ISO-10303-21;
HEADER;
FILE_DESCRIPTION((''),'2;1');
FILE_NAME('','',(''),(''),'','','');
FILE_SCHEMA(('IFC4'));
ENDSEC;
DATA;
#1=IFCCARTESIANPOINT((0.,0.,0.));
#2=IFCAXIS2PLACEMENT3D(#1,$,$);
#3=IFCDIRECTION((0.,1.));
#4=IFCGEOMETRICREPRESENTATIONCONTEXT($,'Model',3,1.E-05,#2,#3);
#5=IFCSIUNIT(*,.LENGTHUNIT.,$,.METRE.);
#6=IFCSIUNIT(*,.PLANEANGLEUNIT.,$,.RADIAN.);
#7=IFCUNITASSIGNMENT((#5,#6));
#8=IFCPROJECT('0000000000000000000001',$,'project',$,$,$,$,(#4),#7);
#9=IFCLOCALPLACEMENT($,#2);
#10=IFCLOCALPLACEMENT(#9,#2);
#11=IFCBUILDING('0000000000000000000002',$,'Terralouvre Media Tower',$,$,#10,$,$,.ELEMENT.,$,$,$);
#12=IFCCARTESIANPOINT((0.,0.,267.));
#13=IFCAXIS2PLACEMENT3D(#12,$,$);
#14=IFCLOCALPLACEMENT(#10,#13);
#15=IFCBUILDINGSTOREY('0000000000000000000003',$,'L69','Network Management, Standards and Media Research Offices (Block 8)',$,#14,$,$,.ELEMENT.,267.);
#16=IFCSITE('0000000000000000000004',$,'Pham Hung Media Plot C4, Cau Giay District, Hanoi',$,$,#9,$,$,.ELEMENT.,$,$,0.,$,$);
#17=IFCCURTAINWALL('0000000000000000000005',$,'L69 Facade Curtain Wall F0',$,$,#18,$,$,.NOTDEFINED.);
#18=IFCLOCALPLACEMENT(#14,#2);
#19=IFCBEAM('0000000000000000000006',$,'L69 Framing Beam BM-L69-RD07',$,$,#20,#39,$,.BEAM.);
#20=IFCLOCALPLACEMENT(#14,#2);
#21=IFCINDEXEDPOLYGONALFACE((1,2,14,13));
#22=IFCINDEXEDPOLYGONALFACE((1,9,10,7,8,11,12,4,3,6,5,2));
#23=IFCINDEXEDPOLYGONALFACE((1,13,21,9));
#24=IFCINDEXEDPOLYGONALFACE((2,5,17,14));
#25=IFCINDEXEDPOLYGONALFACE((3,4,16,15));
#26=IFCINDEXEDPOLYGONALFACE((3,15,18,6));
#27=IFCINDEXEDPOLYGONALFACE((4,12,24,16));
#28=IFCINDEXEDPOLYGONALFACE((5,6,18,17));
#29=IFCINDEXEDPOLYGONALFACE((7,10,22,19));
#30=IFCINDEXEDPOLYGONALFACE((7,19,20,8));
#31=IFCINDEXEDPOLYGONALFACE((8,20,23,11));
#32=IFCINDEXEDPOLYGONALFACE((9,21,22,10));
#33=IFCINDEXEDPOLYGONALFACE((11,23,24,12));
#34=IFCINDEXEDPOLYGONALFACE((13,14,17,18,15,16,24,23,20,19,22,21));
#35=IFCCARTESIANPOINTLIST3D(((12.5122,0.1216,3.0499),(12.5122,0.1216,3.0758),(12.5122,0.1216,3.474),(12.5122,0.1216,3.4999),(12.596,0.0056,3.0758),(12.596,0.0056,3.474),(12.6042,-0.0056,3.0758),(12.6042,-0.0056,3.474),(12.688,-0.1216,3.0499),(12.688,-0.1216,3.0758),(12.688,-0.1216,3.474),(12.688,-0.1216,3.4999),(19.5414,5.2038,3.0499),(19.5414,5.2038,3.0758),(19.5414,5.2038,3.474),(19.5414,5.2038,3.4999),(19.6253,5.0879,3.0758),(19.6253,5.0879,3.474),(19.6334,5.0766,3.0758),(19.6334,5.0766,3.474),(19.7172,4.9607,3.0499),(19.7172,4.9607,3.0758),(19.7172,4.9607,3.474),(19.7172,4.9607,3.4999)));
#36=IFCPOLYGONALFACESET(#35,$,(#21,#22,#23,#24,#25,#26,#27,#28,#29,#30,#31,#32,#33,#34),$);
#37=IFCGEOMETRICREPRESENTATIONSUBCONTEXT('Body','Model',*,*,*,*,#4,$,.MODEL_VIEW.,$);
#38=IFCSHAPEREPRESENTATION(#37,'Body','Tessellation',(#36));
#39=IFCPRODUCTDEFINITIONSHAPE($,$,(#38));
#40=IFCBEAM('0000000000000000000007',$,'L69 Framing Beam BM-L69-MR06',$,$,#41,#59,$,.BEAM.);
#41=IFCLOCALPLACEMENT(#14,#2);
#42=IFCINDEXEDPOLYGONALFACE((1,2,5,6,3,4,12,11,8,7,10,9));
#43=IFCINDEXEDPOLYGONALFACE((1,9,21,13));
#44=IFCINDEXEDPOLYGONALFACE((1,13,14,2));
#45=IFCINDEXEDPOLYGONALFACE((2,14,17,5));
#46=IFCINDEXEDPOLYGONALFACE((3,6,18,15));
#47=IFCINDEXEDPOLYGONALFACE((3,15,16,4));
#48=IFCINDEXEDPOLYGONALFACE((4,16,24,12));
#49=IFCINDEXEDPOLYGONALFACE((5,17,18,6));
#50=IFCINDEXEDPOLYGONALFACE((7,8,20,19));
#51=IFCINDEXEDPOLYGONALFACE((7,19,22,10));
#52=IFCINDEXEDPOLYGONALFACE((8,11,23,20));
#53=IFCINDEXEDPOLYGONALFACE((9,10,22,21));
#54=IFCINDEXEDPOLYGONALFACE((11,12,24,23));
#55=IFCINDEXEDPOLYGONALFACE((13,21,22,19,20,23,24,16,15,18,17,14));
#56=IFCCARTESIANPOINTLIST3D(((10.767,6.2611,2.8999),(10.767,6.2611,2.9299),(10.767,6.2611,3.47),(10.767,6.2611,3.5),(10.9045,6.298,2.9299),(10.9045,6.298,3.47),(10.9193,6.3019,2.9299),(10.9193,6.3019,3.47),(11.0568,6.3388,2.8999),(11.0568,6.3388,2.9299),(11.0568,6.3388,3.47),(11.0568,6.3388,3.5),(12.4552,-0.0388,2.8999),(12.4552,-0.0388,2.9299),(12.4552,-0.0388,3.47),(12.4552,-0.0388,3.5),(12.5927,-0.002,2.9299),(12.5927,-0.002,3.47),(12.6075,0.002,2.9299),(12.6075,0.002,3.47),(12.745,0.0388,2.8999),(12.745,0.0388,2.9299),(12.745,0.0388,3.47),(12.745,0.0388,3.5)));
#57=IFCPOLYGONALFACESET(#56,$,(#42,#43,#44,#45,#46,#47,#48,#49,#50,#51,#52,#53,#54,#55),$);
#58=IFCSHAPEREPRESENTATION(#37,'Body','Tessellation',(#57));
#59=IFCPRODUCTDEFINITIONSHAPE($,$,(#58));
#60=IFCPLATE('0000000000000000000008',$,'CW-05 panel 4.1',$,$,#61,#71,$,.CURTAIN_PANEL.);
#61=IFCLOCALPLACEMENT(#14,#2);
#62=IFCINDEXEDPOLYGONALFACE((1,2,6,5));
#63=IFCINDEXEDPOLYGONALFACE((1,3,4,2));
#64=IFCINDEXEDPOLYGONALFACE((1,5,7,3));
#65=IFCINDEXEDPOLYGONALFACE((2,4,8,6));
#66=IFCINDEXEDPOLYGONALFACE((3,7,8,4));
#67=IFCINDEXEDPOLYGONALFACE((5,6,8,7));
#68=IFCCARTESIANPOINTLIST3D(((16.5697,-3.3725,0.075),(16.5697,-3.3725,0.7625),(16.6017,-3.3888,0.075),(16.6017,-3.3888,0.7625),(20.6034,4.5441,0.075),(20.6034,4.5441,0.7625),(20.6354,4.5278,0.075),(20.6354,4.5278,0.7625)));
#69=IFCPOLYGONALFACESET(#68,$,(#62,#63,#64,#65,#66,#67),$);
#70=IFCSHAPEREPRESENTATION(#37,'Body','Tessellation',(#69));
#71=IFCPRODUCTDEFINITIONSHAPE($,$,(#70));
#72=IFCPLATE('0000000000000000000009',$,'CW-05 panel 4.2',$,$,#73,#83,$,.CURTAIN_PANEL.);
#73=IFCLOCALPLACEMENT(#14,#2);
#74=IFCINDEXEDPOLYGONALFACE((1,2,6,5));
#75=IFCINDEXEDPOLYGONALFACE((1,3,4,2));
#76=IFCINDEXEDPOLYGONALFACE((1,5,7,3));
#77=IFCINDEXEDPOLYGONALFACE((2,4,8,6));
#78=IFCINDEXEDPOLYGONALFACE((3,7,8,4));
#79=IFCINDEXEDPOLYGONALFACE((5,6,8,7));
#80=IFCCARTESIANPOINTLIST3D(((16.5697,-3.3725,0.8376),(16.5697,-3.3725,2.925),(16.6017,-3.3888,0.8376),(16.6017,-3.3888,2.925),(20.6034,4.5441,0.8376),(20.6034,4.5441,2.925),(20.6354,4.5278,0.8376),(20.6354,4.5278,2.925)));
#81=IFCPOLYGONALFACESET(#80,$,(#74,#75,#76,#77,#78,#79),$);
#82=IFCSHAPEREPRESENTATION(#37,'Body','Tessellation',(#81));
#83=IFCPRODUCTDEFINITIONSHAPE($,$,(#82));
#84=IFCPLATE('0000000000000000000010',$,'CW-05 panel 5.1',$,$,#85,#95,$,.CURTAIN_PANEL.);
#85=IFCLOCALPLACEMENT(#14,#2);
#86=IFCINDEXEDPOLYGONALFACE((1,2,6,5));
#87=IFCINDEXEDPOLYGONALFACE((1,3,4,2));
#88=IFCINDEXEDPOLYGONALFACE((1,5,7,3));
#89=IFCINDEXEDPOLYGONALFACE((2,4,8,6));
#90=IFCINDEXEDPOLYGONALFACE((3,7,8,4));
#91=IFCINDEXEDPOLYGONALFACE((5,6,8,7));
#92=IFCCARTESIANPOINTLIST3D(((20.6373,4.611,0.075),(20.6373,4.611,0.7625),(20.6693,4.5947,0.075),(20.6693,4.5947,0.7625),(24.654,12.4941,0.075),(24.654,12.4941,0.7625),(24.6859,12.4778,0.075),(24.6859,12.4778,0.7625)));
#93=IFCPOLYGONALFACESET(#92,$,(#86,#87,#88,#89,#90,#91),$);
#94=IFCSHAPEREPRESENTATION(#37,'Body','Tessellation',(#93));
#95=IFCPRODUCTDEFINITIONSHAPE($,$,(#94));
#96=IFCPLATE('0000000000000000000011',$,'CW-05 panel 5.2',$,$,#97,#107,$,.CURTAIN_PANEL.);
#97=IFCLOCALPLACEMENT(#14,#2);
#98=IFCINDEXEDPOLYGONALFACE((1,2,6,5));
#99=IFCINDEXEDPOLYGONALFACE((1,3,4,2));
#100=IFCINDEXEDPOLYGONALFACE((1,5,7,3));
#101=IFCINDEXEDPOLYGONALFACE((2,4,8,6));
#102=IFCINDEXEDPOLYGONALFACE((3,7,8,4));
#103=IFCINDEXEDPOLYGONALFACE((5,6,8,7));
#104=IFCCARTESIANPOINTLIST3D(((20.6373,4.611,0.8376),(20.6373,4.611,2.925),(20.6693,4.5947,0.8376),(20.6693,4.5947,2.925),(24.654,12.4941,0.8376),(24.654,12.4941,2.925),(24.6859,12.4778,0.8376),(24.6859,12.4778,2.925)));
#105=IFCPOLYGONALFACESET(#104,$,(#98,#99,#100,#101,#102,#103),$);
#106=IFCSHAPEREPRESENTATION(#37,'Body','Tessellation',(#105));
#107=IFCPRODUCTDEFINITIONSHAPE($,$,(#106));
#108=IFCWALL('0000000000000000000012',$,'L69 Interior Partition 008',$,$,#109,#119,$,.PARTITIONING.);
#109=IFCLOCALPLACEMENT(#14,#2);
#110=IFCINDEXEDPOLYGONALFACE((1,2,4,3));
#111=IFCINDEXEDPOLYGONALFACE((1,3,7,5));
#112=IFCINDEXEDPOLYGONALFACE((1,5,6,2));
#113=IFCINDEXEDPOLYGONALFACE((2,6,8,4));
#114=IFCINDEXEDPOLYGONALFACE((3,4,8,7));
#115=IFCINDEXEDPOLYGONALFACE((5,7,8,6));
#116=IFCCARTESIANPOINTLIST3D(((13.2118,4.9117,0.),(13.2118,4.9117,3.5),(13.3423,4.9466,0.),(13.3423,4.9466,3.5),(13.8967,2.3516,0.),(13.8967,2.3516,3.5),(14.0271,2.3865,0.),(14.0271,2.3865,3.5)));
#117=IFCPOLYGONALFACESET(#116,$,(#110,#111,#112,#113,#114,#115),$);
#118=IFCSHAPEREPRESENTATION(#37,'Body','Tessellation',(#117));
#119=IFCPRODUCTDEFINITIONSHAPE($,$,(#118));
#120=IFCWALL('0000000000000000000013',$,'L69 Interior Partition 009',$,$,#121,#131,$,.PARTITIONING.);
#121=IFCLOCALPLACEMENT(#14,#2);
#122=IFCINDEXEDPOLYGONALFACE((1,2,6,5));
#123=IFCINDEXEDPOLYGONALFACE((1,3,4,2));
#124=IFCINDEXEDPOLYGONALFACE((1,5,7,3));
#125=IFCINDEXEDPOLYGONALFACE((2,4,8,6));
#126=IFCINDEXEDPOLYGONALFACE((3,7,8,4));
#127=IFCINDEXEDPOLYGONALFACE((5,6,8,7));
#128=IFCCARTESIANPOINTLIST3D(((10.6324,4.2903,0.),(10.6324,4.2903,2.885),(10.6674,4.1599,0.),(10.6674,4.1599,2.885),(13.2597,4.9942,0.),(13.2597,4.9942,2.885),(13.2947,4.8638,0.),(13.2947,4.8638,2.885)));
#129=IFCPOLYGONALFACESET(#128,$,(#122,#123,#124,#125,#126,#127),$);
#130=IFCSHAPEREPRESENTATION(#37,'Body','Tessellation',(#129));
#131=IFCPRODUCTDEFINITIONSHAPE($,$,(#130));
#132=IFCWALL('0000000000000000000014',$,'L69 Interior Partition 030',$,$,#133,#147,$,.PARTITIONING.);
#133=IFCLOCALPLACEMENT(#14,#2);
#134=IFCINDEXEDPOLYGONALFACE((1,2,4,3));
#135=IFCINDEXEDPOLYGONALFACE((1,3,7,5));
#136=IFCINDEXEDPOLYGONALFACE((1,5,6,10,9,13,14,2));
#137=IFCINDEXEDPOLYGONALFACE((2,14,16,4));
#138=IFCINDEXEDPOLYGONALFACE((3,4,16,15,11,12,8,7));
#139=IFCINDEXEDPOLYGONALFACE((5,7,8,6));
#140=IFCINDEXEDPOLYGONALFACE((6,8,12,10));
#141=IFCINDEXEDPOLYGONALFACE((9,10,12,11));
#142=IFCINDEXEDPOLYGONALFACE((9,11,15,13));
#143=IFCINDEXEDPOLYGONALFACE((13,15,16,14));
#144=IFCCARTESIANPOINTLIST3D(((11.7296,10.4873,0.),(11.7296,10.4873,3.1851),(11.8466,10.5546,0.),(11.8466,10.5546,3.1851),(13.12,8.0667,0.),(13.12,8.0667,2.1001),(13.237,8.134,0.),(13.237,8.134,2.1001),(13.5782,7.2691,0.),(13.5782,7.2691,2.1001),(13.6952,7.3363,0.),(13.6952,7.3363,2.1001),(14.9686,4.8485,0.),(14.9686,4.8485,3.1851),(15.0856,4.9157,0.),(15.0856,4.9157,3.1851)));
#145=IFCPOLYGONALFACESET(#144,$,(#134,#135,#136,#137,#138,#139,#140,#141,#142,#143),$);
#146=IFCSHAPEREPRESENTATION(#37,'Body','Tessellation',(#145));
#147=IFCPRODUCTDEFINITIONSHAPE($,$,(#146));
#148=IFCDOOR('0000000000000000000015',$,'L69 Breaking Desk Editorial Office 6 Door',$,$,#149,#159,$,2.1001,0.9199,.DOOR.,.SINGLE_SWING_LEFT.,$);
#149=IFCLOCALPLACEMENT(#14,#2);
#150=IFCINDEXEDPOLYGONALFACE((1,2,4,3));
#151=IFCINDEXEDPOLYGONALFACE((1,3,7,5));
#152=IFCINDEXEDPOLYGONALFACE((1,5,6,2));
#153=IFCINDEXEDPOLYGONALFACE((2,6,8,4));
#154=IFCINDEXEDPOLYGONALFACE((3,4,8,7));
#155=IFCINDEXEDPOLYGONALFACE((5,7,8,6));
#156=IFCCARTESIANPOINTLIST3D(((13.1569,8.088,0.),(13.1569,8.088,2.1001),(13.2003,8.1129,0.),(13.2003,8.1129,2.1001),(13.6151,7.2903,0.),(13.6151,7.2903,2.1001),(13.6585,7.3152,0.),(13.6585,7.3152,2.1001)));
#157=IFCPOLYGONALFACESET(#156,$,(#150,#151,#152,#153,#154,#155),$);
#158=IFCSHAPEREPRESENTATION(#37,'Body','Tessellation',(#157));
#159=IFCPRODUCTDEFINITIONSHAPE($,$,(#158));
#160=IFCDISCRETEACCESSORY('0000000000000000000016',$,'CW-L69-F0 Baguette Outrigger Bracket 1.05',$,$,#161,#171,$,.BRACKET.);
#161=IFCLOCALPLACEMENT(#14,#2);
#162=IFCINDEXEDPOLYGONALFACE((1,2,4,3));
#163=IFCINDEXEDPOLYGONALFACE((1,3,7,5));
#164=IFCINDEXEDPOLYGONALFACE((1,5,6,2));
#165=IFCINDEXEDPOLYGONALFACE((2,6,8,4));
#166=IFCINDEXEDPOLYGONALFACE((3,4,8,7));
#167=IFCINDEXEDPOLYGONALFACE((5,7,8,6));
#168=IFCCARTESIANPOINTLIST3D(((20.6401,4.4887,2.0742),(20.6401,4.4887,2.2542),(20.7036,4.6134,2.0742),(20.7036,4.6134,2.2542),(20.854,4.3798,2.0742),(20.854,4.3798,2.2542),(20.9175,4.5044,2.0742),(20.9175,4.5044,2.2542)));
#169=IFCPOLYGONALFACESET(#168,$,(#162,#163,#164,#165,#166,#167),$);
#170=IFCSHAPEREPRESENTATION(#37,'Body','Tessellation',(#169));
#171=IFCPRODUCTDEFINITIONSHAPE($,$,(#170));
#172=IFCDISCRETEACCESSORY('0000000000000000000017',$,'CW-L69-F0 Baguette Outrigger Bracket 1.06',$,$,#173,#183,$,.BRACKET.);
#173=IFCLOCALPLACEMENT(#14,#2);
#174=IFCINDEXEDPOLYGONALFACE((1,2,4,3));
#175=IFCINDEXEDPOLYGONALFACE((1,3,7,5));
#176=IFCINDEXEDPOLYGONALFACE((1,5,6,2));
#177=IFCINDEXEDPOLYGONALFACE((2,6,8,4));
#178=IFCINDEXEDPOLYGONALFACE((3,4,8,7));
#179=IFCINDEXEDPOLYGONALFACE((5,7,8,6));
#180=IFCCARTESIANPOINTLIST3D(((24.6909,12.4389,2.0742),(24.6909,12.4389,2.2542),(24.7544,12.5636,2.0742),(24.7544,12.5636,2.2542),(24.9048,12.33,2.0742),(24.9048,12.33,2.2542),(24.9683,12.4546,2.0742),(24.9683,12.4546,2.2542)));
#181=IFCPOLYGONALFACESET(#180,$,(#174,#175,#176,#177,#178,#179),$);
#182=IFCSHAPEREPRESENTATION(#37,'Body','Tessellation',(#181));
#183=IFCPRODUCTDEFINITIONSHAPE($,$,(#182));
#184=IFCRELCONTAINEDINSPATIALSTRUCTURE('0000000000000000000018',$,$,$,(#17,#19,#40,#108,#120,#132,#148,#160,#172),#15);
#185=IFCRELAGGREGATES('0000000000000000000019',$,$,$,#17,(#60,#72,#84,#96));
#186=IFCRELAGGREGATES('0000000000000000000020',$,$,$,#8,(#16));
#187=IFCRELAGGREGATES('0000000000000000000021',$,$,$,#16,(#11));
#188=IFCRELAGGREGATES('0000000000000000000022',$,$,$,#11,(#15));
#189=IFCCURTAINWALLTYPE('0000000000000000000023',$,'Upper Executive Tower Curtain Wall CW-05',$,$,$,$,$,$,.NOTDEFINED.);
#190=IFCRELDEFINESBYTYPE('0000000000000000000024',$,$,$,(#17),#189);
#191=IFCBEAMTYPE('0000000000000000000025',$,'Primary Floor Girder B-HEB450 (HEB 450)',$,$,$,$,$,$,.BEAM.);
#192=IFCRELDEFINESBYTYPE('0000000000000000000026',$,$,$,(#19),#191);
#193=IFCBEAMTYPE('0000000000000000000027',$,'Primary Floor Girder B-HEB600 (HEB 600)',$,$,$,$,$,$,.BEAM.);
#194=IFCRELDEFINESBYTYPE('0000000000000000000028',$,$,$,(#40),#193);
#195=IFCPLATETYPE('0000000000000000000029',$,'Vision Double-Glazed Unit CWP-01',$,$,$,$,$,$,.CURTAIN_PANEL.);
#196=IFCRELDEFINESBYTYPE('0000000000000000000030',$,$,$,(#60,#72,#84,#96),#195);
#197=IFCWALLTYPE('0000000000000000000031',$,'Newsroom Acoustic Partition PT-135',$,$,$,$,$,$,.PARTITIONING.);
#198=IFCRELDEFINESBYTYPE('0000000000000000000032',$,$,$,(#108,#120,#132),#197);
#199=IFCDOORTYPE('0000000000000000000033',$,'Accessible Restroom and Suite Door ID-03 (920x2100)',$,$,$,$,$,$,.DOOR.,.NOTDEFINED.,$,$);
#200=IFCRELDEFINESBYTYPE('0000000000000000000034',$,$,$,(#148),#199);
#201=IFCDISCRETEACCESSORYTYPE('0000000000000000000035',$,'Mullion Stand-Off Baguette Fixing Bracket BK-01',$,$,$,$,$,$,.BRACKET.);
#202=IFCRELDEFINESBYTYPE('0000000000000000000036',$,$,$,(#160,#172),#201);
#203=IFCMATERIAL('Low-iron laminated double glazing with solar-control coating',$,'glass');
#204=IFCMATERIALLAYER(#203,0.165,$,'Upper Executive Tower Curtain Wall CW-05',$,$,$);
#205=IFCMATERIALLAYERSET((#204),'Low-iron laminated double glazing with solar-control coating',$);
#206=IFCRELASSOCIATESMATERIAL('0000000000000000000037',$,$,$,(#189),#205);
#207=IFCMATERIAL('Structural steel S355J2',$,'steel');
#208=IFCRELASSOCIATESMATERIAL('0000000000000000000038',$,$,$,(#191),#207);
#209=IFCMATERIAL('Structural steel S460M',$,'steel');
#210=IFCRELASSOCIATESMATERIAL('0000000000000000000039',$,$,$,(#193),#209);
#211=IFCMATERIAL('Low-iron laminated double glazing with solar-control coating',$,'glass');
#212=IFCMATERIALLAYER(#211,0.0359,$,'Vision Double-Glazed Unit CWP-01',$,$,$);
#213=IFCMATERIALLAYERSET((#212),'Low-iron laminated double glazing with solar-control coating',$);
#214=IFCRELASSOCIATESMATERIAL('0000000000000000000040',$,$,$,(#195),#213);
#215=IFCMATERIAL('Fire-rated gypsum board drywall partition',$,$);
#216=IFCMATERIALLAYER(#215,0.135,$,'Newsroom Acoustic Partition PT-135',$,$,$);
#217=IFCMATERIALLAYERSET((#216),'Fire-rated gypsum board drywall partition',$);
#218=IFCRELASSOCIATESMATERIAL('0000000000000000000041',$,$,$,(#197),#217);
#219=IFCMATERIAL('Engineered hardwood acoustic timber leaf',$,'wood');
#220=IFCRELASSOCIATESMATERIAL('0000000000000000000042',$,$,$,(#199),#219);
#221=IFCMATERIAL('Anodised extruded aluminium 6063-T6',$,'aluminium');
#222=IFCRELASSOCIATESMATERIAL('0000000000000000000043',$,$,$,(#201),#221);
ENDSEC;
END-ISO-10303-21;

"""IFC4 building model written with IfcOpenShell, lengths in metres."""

from ifc_helpers import new_model, si_unit, direction, frame, frame_2d, origin, origin_2d, place, context, subcontext, project, spatial, rectangle, i_section, extrude, material, layer, layer_set, material_profile, profile_set, type_object, element, fill, aggregate, save


model = new_model("IFC4")

# Units and contexts
model_context = context("Model", 3, precision=1e-05, world=origin(), true_north=direction((0.0, 1.0)))
body_context = subcontext(model_context, "Body", "Model", "MODEL_VIEW")
ifc_project = project(units=[si_unit("LENGTHUNIT", "METRE"), si_unit("PLANEANGLEUNIT", "RADIAN")], contexts=[model_context])

# Site, building, storey
site_placement = place(None, origin())
site = spatial("IfcSite", under=ifc_project, at=site_placement, Name="Pham Hung Media Plot C4, Cau Giay District, Hanoi", CompositionType="ELEMENT", RefElevation=0.0)
building_placement = place(site_placement, origin())
building = spatial("IfcBuilding", under=site, at=building_placement, Name="Terralouvre Media Tower", CompositionType="ELEMENT")
storey_placement = place(building_placement, frame((0.0, 0.0, 267.0)))
storey = spatial("IfcBuildingStorey", under=building, at=storey_placement, Name="L69", Description="Network Management, Standards and Media Research Offices (Block 8)", CompositionType="ELEMENT", Elevation=267.0)

# Curtain wall
ifc_material_1 = material(Name="Low-iron laminated double glazing with solar-control coating", Category="glass")
ifc_layer_1 = layer(ifc_material_1, 0.165, Name="Upper Executive Tower Curtain Wall CW-05")
ifc_layer_set_1 = layer_set([ifc_layer_1], Name="Low-iron laminated double glazing with solar-control coating")
curtain_wall_type_1 = type_object("IfcCurtainWallType", Name="Upper Executive Tower Curtain Wall CW-05", PredefinedType="NOTDEFINED", material=ifc_layer_set_1)
curtain_wall_1_placement = place(storey_placement, origin())
curtain_wall_1 = element("IfcCurtainWall", 1, at=curtain_wall_1_placement, inside=storey, type_object=curtain_wall_type_1, Name="L69 Facade Curtain Wall F0", PredefinedType="NOTDEFINED")

# Beams
ifc_material_2 = material(Name="Structural steel S355J2", Category="steel")
ifc_material_profile_1 = material_profile(ifc_material_2, i_section(OverallWidth=0.3, OverallDepth=0.45, WebThickness=0.0139, FlangeThickness=0.0259, at=origin_2d()), Name="HEB 450")
ifc_profile_set_1 = profile_set([ifc_material_profile_1], Name="Structural steel S355J2")
beam_type_1 = type_object("IfcBeamType", Name="Primary Floor Girder B-HEB450 (HEB 450)", PredefinedType="BEAM", material=ifc_profile_set_1)
beam_1_placement = place(storey_placement, frame((12.6001, 0.0, 3.2749), z_axis=(0.810375, 0.585912, 0.0), x_axis=(-0.585912, 0.810375, 0.0)))
element("IfcBeam", 2, at=beam_1_placement, inside=storey, type_object=beam_type_1, Name="L69 Framing Beam BM-L69-RD07", PredefinedType="BEAM", context=body_context, shape_type="SweptSolid", body=[
    extrude(i_section(OverallWidth=0.3, OverallDepth=0.45, WebThickness=0.0139, FlangeThickness=0.0259, at=origin_2d()), origin(), (0.0, 0.0, 1.0), 8.6741),
])
ifc_material_3 = material(Name="Structural steel S460M", Category="steel")
ifc_material_profile_2 = material_profile(ifc_material_3, i_section(OverallWidth=0.3, OverallDepth=0.6001, WebThickness=0.0154, FlangeThickness=0.03, at=origin_2d()), Name="HEB 600")
ifc_profile_set_2 = profile_set([ifc_material_profile_2], Name="Structural steel S460M")
beam_type_2 = type_object("IfcBeamType", Name="Primary Floor Girder B-HEB600 (HEB 600)", PredefinedType="BEAM", material=ifc_profile_set_2)
beam_2_placement = place(storey_placement, frame((12.6001, 0.0, 3.2), z_axis=(-0.258839, 0.96592, 0.0), x_axis=(-0.96592, -0.258839, 0.0)))
element("IfcBeam", 3, at=beam_2_placement, inside=storey, type_object=beam_type_2, Name="L69 Framing Beam BM-L69-MR06", PredefinedType="BEAM", context=body_context, shape_type="SweptSolid", body=[
    extrude(i_section(OverallWidth=0.3, OverallDepth=0.6001, WebThickness=0.0154, FlangeThickness=0.03, at=origin_2d()), origin(), (0.0, 0.0, 1.0), 6.5222),
])

# Plates
ifc_material_4 = material(Name="Low-iron laminated double glazing with solar-control coating", Category="glass")
ifc_layer_2 = layer(ifc_material_4, 0.0359, Name="Vision Double-Glazed Unit CWP-01")
ifc_layer_set_2 = layer_set([ifc_layer_2], Name="Low-iron laminated double glazing with solar-control coating")
plate_type = type_object("IfcPlateType", Name="Vision Double-Glazed Unit CWP-01", PredefinedType="CURTAIN_PANEL", material=ifc_layer_set_2)
plate_1_placement = place(storey_placement, frame((18.6025, 0.5776, 0.075), z_axis=(0.0, 0.0, 1.0), x_axis=(0.45399, 0.891007, 0.0)))
plate_1 = element("IfcPlate", 4, at=plate_1_placement, type_object=plate_type, Name="CW-05 panel 4.1", PredefinedType="CURTAIN_PANEL", context=body_context, shape_type="SweptSolid", body=[
    extrude(rectangle(XDim=8.885, YDim=0.0359, at=origin_2d()), origin(), (0.0, 0.0, 1.0), 0.6875),
])
plate_2_placement = place(storey_placement, frame((18.6025, 0.5776, 0.8376), z_axis=(0.0, 0.0, 1.0), x_axis=(0.45399, 0.891007, 0.0)))
plate_2 = element("IfcPlate", 5, at=plate_2_placement, type_object=plate_type, Name="CW-05 panel 4.2", PredefinedType="CURTAIN_PANEL", context=body_context, shape_type="SweptSolid", body=[
    extrude(rectangle(XDim=8.885, YDim=0.0359, at=origin_2d()), origin(), (0.0, 0.0, 1.0), 2.0874),
])
plate_3_placement = place(storey_placement, frame((22.6616, 8.5444, 0.075), z_axis=(0.0, 0.0, 1.0), x_axis=(0.45399, 0.891007, 0.0)))
plate_3 = element("IfcPlate", 6, at=plate_3_placement, type_object=plate_type, Name="CW-05 panel 5.1", PredefinedType="CURTAIN_PANEL", context=body_context, shape_type="SweptSolid", body=[
    extrude(rectangle(XDim=8.8474, YDim=0.0359, at=origin_2d()), origin(), (0.0, 0.0, 1.0), 0.6875),
])
plate_4_placement = place(storey_placement, frame((22.6616, 8.5444, 0.8376), z_axis=(0.0, 0.0, 1.0), x_axis=(0.45399, 0.891007, 0.0)))
plate_4 = element("IfcPlate", 7, at=plate_4_placement, type_object=plate_type, Name="CW-05 panel 5.2", PredefinedType="CURTAIN_PANEL", context=body_context, shape_type="SweptSolid", body=[
    extrude(rectangle(XDim=8.8474, YDim=0.0359, at=origin_2d()), origin(), (0.0, 0.0, 1.0), 2.0874),
])
aggregate(curtain_wall_1, [plate_1, plate_2, plate_3, plate_4])

# Walls
ifc_material_5 = material(Name="Fire-rated gypsum board drywall partition")
ifc_layer_3 = layer(ifc_material_5, 0.135, Name="Newsroom Acoustic Partition PT-135")
ifc_layer_set_3 = layer_set([ifc_layer_3], Name="Fire-rated gypsum board drywall partition")
wall_type = type_object("IfcWallType", Name="Newsroom Acoustic Partition PT-135", PredefinedType="PARTITIONING", material=ifc_layer_set_3)
wall_1_placement = place(storey_placement, frame((13.9619, 2.3689, 0.0), z_axis=(0.0, 0.0, 1.0), x_axis=(-0.258414, 0.966034, 0.0)))
element("IfcWall", 8, at=wall_1_placement, inside=storey, type_object=wall_type, Name="L69 Interior Partition 008", PredefinedType="PARTITIONING", context=body_context, shape_type="SweptSolid", body=[
    extrude(rectangle(XDim=2.6501, YDim=0.135, at=frame_2d((1.3252, 0.0))), origin(), (0.0, 0.0, 1.0), 3.5),
])
wall_2_placement = place(storey_placement, frame((13.2771, 4.929, 0.0), z_axis=(0.0, 0.0, 1.0), x_axis=(-0.965935, -0.258785, 0.0)))
element("IfcWall", 9, at=wall_2_placement, inside=storey, type_object=wall_type, Name="L69 Interior Partition 009", PredefinedType="PARTITIONING", context=body_context, shape_type="SweptSolid", body=[
    extrude(rectangle(XDim=2.72, YDim=0.135, at=frame_2d((1.3599, 0.0))), origin(), (0.0, 0.0, 1.0), 2.885),
])

# Wall, opening, door
wall_3_placement = place(storey_placement, frame((15.0271, 4.8821, 0.0), z_axis=(0.0, 0.0, 1.0), x_axis=(-0.498082, 0.86713, 0.0)))
wall_3 = element("IfcWall", 10, at=wall_3_placement, inside=storey, type_object=wall_type, Name="L69 Interior Partition 030", PredefinedType="PARTITIONING", context=body_context, shape_type="SweptSolid", body=[
    extrude(rectangle(XDim=6.5029, YDim=0.135, at=frame_2d((3.2515, 0.0))), origin(), (0.0, 0.0, 1.0), 3.1851),
])
opening_placement = place(wall_3_placement, frame((2.7915, 0.0, 0.0)))
opening = element("IfcOpeningElement", 11, at=opening_placement, cuts=wall_3, PredefinedType="OPENING", context=body_context, shape_type="SweptSolid", body=[
    extrude(rectangle(XDim=0.9199, YDim=2.1001, at=frame_2d((0.46, 1.05))), frame((0.0, 0.0774, 0.0), z_axis=(0.0, -1.0, 0.0), x_axis=(1.0, 0.0, 0.0)), (0.0, 0.0, 1.0), 0.155),
])
ifc_material_6 = material(Name="Engineered hardwood acoustic timber leaf", Category="wood")
door_type = type_object("IfcDoorType", Name="Accessible Restroom and Suite Door ID-03 (920x2100)", OperationType="NOTDEFINED", PredefinedType="DOOR", material=ifc_material_6)
door_placement = place(opening_placement, origin())
door = element("IfcDoor", 12, at=door_placement, inside=storey, type_object=door_type, Name="L69 Breaking Desk Editorial Office 6 Door", OperationType="SINGLE_SWING_LEFT", OverallHeight=2.1001, OverallWidth=0.9199, PredefinedType="DOOR", context=body_context, shape_type="SweptSolid", body=[
    extrude(rectangle(XDim=0.9199, YDim=2.1001, at=frame_2d((0.46, 1.05))), frame((0.0, 0.0249, 0.0), z_axis=(0.0, -1.0, 0.0), x_axis=(1.0, 0.0, 0.0)), (0.0, 0.0, 1.0), 0.05),
])
fill(opening, door)

# Discrete accessories
ifc_material_7 = material(Name="Anodised extruded aluminium 6063-T6", Category="aluminium")
discrete_accessory_type = type_object("IfcDiscreteAccessoryType", Name="Mullion Stand-Off Baguette Fixing Bracket BK-01", PredefinedType="BRACKET", material=ifc_material_7)
for number, where, z_axis, x_axis, name in (
    (13, (20.7788, 4.4966, 2.0742), (0.0, 0.0, 1.0), (0.45399, 0.891007, 0.0), "CW-L69-F0 Baguette Outrigger Bracket 1.05"),
    (14, (24.8296, 12.4468, 2.0742), (0.0, 0.0, 1.0), (0.45399, 0.891007, 0.0), "CW-L69-F0 Baguette Outrigger Bracket 1.06"),
):
    element("IfcDiscreteAccessory", number, at=place(storey_placement, frame(where, z_axis=z_axis, x_axis=x_axis)), inside=storey, type_object=discrete_accessory_type, Name=name, PredefinedType="BRACKET", context=body_context, shape_type="SweptSolid", body=[
        extrude(rectangle(XDim=0.1399, YDim=0.24, at=origin_2d()), origin(), (0.0, 0.0, 1.0), 0.1799),
    ])

save(model, "model.ifc")
